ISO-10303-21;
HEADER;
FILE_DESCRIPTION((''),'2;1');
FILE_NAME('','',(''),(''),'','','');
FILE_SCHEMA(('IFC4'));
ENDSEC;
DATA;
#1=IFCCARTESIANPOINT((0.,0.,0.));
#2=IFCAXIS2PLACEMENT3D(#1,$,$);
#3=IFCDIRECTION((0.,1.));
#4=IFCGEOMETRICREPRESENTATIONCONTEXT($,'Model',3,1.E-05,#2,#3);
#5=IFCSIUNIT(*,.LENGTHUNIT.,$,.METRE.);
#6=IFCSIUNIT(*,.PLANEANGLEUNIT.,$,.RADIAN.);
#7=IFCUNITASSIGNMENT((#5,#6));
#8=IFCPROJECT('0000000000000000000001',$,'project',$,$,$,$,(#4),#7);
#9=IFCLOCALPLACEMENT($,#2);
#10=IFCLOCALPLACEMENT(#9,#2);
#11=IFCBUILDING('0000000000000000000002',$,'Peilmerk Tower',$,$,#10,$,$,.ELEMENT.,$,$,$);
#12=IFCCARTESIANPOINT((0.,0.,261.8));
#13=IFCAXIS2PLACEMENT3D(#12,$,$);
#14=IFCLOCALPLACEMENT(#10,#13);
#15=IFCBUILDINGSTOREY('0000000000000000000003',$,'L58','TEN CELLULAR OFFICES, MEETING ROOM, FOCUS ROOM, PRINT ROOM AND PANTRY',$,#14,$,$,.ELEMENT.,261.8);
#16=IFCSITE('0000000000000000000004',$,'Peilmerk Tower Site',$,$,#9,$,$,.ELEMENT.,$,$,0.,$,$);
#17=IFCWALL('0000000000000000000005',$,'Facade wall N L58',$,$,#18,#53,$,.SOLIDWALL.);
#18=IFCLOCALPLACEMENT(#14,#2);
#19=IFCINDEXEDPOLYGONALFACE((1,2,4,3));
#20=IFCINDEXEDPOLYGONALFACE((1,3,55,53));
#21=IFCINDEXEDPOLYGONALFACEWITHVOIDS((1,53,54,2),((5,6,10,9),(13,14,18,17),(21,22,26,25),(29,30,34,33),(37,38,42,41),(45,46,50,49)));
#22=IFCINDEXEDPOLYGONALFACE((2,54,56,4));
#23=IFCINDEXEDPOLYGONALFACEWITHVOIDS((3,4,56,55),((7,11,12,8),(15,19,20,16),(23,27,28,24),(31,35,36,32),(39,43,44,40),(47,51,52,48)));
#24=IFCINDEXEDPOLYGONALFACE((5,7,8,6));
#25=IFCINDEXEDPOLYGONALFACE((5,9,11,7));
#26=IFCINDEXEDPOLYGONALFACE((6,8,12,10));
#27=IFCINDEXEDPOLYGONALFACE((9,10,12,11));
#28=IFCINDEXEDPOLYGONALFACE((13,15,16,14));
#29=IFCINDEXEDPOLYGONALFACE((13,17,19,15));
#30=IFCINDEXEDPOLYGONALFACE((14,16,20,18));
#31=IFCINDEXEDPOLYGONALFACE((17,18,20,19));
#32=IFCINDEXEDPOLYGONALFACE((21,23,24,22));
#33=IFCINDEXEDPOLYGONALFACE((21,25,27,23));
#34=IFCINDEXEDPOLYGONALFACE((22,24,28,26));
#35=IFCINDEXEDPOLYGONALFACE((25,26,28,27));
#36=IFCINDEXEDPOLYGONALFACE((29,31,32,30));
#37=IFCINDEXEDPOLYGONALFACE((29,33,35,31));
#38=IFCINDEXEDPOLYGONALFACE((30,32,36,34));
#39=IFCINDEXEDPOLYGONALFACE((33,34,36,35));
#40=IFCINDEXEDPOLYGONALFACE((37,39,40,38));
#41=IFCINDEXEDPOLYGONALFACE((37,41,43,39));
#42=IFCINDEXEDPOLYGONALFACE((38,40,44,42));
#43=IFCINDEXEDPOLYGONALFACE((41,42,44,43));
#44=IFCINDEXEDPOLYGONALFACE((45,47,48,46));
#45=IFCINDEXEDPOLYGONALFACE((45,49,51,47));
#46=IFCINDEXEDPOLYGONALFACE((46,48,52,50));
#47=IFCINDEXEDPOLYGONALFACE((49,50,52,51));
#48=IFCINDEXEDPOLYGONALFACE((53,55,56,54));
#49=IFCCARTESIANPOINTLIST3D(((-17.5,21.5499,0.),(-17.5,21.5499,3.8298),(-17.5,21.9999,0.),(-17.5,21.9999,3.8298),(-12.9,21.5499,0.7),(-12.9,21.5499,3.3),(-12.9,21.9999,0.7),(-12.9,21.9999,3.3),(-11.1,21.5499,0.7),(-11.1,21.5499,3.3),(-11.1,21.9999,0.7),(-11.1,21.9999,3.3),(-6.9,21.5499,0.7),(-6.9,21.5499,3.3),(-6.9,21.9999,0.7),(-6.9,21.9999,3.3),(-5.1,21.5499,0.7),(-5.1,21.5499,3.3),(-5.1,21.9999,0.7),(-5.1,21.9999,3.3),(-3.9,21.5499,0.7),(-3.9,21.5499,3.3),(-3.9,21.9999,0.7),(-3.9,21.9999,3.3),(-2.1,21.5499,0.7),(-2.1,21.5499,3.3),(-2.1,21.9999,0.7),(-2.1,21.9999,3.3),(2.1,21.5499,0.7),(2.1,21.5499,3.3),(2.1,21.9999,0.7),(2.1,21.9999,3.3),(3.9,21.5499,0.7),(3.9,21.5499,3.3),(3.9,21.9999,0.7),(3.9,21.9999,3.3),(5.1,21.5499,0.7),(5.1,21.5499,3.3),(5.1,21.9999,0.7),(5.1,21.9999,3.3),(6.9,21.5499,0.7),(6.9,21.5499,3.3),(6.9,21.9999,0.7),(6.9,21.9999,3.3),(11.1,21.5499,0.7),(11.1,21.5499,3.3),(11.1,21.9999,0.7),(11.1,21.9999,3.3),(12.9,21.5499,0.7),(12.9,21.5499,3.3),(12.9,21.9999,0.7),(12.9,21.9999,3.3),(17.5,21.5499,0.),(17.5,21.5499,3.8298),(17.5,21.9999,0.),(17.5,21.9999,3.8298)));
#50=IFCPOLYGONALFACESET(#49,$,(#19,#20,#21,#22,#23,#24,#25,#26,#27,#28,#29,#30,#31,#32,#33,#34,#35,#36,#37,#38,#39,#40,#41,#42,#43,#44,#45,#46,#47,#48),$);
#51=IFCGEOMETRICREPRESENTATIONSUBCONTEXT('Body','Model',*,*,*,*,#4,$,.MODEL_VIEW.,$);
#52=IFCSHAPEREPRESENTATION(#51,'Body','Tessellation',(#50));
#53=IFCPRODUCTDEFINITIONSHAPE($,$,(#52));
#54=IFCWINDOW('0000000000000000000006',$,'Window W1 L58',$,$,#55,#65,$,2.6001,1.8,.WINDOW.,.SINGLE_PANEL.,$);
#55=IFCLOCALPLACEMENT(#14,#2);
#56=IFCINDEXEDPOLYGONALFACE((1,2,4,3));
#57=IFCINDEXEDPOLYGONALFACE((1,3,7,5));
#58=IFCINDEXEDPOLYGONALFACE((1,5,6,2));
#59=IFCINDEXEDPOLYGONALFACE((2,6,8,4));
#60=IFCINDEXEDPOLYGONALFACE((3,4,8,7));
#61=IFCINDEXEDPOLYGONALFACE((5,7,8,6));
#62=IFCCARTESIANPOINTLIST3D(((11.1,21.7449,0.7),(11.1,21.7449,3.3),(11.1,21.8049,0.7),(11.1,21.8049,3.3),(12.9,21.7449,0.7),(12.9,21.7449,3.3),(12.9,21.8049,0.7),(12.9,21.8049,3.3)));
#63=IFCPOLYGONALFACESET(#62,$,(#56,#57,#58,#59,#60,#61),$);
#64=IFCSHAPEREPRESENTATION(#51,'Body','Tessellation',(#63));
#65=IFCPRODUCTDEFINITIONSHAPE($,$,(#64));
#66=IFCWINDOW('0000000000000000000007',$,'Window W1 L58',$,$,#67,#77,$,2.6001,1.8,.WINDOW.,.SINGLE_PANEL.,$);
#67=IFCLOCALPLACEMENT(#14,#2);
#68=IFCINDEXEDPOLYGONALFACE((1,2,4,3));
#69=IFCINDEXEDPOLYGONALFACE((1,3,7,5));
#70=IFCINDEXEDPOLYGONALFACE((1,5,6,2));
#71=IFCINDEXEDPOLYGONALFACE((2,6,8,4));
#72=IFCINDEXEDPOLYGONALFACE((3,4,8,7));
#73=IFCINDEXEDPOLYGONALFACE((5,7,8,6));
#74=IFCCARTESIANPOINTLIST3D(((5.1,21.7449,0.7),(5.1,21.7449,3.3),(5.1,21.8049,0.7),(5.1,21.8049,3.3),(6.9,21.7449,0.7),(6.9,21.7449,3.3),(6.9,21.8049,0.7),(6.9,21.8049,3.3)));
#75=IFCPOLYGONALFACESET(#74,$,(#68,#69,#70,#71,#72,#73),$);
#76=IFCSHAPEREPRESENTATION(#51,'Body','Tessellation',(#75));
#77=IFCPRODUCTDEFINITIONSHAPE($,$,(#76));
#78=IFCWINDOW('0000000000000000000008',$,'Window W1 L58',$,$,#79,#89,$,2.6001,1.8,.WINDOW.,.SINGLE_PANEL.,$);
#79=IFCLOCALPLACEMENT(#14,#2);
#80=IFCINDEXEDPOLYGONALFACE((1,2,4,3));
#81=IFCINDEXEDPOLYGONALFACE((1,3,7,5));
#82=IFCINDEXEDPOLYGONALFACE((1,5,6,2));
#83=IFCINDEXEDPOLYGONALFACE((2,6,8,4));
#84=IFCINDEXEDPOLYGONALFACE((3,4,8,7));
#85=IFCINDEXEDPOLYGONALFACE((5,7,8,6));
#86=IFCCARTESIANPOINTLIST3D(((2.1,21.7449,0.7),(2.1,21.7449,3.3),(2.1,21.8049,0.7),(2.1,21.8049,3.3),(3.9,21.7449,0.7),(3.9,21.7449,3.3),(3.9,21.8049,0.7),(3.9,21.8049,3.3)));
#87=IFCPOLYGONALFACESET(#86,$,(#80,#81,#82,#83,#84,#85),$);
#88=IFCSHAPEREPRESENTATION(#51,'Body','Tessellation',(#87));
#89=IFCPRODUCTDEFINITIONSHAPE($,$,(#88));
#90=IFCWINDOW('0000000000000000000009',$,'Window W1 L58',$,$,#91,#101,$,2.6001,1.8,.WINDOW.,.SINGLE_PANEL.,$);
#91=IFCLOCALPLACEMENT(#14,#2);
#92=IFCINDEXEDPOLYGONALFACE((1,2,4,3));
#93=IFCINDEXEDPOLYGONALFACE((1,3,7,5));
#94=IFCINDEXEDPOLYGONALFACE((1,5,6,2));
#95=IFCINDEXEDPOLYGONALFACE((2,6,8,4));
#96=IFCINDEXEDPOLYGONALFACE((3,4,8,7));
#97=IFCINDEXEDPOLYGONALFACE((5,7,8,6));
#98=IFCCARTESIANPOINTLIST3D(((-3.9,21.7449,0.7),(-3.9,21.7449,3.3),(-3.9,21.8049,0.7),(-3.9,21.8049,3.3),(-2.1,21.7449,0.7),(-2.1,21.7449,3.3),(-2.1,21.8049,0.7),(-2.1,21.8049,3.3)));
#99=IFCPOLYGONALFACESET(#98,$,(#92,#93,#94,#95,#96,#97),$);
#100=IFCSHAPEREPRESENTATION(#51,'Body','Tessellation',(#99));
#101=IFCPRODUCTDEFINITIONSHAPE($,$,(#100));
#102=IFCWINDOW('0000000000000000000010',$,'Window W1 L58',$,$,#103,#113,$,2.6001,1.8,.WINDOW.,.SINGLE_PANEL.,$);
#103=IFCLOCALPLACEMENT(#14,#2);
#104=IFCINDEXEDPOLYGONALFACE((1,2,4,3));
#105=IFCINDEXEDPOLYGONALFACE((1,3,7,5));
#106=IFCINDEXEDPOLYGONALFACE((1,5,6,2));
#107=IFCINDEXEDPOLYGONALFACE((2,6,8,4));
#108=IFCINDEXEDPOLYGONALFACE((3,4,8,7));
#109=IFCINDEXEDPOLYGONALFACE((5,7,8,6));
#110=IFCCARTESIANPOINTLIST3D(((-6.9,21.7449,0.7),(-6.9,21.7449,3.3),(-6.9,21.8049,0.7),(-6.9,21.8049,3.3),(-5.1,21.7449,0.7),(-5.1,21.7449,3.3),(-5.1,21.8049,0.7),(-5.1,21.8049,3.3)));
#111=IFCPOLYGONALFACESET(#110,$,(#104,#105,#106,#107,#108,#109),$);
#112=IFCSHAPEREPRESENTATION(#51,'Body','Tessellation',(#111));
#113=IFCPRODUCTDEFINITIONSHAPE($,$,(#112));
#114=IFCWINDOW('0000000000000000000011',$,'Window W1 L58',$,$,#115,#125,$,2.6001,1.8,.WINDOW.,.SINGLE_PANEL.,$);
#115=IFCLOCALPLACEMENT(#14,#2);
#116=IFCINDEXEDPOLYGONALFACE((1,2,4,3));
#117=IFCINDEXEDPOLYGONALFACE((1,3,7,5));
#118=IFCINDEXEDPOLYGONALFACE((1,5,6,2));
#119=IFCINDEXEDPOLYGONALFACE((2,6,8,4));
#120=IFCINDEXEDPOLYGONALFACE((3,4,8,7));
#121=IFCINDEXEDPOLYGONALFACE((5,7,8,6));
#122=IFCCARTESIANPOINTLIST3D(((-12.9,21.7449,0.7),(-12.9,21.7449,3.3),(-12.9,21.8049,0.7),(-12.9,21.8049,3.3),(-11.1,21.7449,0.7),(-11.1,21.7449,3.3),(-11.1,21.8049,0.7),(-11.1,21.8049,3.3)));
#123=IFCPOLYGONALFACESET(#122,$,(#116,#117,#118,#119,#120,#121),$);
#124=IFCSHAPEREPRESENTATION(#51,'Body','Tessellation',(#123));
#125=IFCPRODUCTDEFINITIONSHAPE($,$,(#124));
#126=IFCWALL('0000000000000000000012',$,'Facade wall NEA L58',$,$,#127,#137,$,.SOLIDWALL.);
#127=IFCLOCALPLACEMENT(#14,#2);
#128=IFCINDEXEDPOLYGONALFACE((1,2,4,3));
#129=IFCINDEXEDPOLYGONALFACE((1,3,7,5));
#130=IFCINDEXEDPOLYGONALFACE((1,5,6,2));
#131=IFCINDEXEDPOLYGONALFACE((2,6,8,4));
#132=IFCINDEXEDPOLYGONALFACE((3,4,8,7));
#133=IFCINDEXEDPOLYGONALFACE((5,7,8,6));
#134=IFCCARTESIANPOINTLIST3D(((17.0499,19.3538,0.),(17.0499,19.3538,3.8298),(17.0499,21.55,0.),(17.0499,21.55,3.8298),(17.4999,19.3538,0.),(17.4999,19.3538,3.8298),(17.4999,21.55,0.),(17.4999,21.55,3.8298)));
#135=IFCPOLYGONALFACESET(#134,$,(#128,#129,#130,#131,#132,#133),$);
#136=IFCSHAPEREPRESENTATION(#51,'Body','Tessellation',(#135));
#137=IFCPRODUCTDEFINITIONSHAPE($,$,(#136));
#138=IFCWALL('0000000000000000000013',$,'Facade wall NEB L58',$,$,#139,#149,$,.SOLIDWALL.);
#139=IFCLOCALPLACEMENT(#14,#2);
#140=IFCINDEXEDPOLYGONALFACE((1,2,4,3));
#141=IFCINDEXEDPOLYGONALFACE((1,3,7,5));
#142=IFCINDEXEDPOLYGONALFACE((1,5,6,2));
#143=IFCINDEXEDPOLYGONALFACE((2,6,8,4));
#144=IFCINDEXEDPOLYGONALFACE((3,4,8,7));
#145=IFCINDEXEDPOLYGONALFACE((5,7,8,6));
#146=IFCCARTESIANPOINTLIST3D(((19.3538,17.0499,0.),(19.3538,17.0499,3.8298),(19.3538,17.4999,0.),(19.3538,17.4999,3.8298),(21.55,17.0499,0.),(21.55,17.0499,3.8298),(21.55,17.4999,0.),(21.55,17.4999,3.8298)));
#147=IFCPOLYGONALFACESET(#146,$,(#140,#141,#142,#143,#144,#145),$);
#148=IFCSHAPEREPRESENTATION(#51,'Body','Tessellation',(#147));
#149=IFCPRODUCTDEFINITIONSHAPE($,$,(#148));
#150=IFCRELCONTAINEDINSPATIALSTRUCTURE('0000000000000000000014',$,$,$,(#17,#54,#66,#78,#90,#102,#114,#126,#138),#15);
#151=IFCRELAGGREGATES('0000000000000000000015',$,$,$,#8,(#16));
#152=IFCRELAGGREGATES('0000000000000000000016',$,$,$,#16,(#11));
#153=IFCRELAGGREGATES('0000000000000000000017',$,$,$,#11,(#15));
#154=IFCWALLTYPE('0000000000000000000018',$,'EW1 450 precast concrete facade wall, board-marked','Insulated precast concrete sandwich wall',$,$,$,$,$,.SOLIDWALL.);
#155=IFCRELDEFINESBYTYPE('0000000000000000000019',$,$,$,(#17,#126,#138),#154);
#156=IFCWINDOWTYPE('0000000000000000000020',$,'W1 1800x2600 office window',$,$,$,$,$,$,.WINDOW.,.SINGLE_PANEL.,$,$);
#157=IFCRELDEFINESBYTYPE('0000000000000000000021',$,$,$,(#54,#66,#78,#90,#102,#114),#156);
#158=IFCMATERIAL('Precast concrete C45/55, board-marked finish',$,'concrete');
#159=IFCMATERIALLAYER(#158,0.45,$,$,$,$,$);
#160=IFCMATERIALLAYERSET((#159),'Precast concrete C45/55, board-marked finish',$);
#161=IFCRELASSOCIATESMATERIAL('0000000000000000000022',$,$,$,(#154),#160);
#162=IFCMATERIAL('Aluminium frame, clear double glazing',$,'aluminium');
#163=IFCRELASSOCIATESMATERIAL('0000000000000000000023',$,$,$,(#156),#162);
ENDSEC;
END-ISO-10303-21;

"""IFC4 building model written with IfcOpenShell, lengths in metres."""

from ifc_helpers import new_model, si_unit, direction, frame, frame_2d, origin, place, context, subcontext, project, spatial, rectangle, extrude, material, layer, layer_set, type_object, element, fill, save


model = new_model("IFC4")

# Units and contexts
model_context = context("Model", 3, precision=1e-05, world=origin(), true_north=direction((0.0, 1.0)))
body_context = subcontext(model_context, "Body", "Model", "MODEL_VIEW")
ifc_project = project(units=[si_unit("LENGTHUNIT", "METRE"), si_unit("PLANEANGLEUNIT", "RADIAN")], contexts=[model_context])

# Site, building, storey
site_placement = place(None, origin())
site = spatial("IfcSite", under=ifc_project, at=site_placement, Name="Peilmerk Tower Site", CompositionType="ELEMENT", RefElevation=0.0)
building_placement = place(site_placement, origin())
building = spatial("IfcBuilding", under=site, at=building_placement, Name="Peilmerk Tower", CompositionType="ELEMENT")
storey_placement = place(building_placement, frame((0.0, 0.0, 261.8)))
storey = spatial("IfcBuildingStorey", under=building, at=storey_placement, Name="L58", Description="TEN CELLULAR OFFICES, MEETING ROOM, FOCUS ROOM, PRINT ROOM AND PANTRY", CompositionType="ELEMENT", Elevation=261.8)

# Wall, openings, windows
ifc_material_1 = material(Name="Precast concrete C45/55, board-marked finish", Category="concrete")
ifc_layer_1 = layer(ifc_material_1, 0.45)
ifc_layer_set_1 = layer_set([ifc_layer_1], Name="Precast concrete C45/55, board-marked finish")
wall_type = type_object("IfcWallType", Name="EW1 450 precast concrete facade wall, board-marked", Description="Insulated precast concrete sandwich wall", PredefinedType="SOLIDWALL", material=ifc_layer_set_1)
wall_placement = place(storey_placement, frame((17.5, 21.7749, 0.0), z_axis=(0.0, 0.0, 1.0), x_axis=(-1.0, 0.0, 0.0)))
wall = element("IfcWall", 1, at=wall_placement, inside=storey, type_object=wall_type, Name="Facade wall N L58", PredefinedType="SOLIDWALL", context=body_context, shape_type="SweptSolid", body=[
    extrude(rectangle(XDim=35.0, YDim=0.45, at=frame_2d((17.5, 0.0))), origin(), (0.0, 0.0, 1.0), 3.8298),
])
opening_1_placement = place(wall_placement, frame((4.6001, 0.0, 0.7)))
opening_1 = element("IfcOpeningElement", 2, at=opening_1_placement, cuts=wall, PredefinedType="OPENING", context=body_context, shape_type="SweptSolid", body=[
    extrude(rectangle(XDim=1.8, YDim=2.6001, at=frame_2d((0.8999, 1.3))), frame((0.0, 0.2349, 0.0), z_axis=(0.0, -1.0, 0.0), x_axis=(1.0, 0.0, 0.0)), (0.0, 0.0, 1.0), 0.47),
])
opening_2_placement = place(wall_placement, frame((10.6001, 0.0, 0.7)))
opening_2 = element("IfcOpeningElement", 3, at=opening_2_placement, cuts=wall, PredefinedType="OPENING", context=body_context, shape_type="SweptSolid", body=[
    extrude(rectangle(XDim=1.8, YDim=2.6001, at=frame_2d((0.8999, 1.3))), frame((0.0, 0.2349, 0.0), z_axis=(0.0, -1.0, 0.0), x_axis=(1.0, 0.0, 0.0)), (0.0, 0.0, 1.0), 0.47),
])
opening_3_placement = place(wall_placement, frame((13.6001, 0.0, 0.7)))
opening_3 = element("IfcOpeningElement", 4, at=opening_3_placement, cuts=wall, PredefinedType="OPENING", context=body_context, shape_type="SweptSolid", body=[
    extrude(rectangle(XDim=1.8, YDim=2.6001, at=frame_2d((0.8999, 1.3))), frame((0.0, 0.2349, 0.0), z_axis=(0.0, -1.0, 0.0), x_axis=(1.0, 0.0, 0.0)), (0.0, 0.0, 1.0), 0.47),
])
opening_4_placement = place(wall_placement, frame((19.6001, 0.0, 0.7)))
opening_4 = element("IfcOpeningElement", 5, at=opening_4_placement, cuts=wall, PredefinedType="OPENING", context=body_context, shape_type="SweptSolid", body=[
    extrude(rectangle(XDim=1.8, YDim=2.6001, at=frame_2d((0.8999, 1.3))), frame((0.0, 0.2349, 0.0), z_axis=(0.0, -1.0, 0.0), x_axis=(1.0, 0.0, 0.0)), (0.0, 0.0, 1.0), 0.47),
])
opening_5_placement = place(wall_placement, frame((22.6001, 0.0, 0.7)))
opening_5 = element("IfcOpeningElement", 6, at=opening_5_placement, cuts=wall, PredefinedType="OPENING", context=body_context, shape_type="SweptSolid", body=[
    extrude(rectangle(XDim=1.8, YDim=2.6001, at=frame_2d((0.8999, 1.3))), frame((0.0, 0.2349, 0.0), z_axis=(0.0, -1.0, 0.0), x_axis=(1.0, 0.0, 0.0)), (0.0, 0.0, 1.0), 0.47),
])
opening_6_placement = place(wall_placement, frame((28.6001, 0.0, 0.7)))
opening_6 = element("IfcOpeningElement", 7, at=opening_6_placement, cuts=wall, PredefinedType="OPENING", context=body_context, shape_type="SweptSolid", body=[
    extrude(rectangle(XDim=1.8, YDim=2.6001, at=frame_2d((0.8999, 1.3))), frame((0.0, 0.2349, 0.0), z_axis=(0.0, -1.0, 0.0), x_axis=(1.0, 0.0, 0.0)), (0.0, 0.0, 1.0), 0.47),
])
ifc_material_2 = material(Name="Aluminium frame, clear double glazing", Category="aluminium")
window_type = type_object("IfcWindowType", Name="W1 1800x2600 office window", PartitioningType="SINGLE_PANEL", PredefinedType="WINDOW", material=ifc_material_2)
window_1_placement = place(opening_1_placement, origin())
window_1 = element("IfcWindow", 8, at=window_1_placement, inside=storey, type_object=window_type, Name="Window W1 L58", OverallHeight=2.6001, OverallWidth=1.8, PartitioningType="SINGLE_PANEL", PredefinedType="WINDOW", context=body_context, shape_type="SweptSolid", body=[
    extrude(rectangle(XDim=1.8, YDim=2.6001, at=frame_2d((0.8999, 1.3))), frame((0.0, 0.03, 0.0), z_axis=(0.0, -1.0, 0.0), x_axis=(1.0, 0.0, 0.0)), (0.0, 0.0, 1.0), 0.0601),
])
fill(opening_1, window_1)
window_2_placement = place(opening_2_placement, origin())
window_2 = element("IfcWindow", 9, at=window_2_placement, inside=storey, type_object=window_type, Name="Window W1 L58", OverallHeight=2.6001, OverallWidth=1.8, PartitioningType="SINGLE_PANEL", PredefinedType="WINDOW", context=body_context, shape_type="SweptSolid", body=[
    extrude(rectangle(XDim=1.8, YDim=2.6001, at=frame_2d((0.8999, 1.3))), frame((0.0, 0.03, 0.0), z_axis=(0.0, -1.0, 0.0), x_axis=(1.0, 0.0, 0.0)), (0.0, 0.0, 1.0), 0.0601),
])
fill(opening_2, window_2)
window_3_placement = place(opening_3_placement, origin())
window_3 = element("IfcWindow", 10, at=window_3_placement, inside=storey, type_object=window_type, Name="Window W1 L58", OverallHeight=2.6001, OverallWidth=1.8, PartitioningType="SINGLE_PANEL", PredefinedType="WINDOW", context=body_context, shape_type="SweptSolid", body=[
    extrude(rectangle(XDim=1.8, YDim=2.6001, at=frame_2d((0.8999, 1.3))), frame((0.0, 0.03, 0.0), z_axis=(0.0, -1.0, 0.0), x_axis=(1.0, 0.0, 0.0)), (0.0, 0.0, 1.0), 0.0601),
])
fill(opening_3, window_3)
window_4_placement = place(opening_4_placement, origin())
window_4 = element("IfcWindow", 11, at=window_4_placement, inside=storey, type_object=window_type, Name="Window W1 L58", OverallHeight=2.6001, OverallWidth=1.8, PartitioningType="SINGLE_PANEL", PredefinedType="WINDOW", context=body_context, shape_type="SweptSolid", body=[
    extrude(rectangle(XDim=1.8, YDim=2.6001, at=frame_2d((0.8999, 1.3))), frame((0.0, 0.03, 0.0), z_axis=(0.0, -1.0, 0.0), x_axis=(1.0, 0.0, 0.0)), (0.0, 0.0, 1.0), 0.0601),
])
fill(opening_4, window_4)
window_5_placement = place(opening_5_placement, origin())
window_5 = element("IfcWindow", 12, at=window_5_placement, inside=storey, type_object=window_type, Name="Window W1 L58", OverallHeight=2.6001, OverallWidth=1.8, PartitioningType="SINGLE_PANEL", PredefinedType="WINDOW", context=body_context, shape_type="SweptSolid", body=[
    extrude(rectangle(XDim=1.8, YDim=2.6001, at=frame_2d((0.8999, 1.3))), frame((0.0, 0.03, 0.0), z_axis=(0.0, -1.0, 0.0), x_axis=(1.0, 0.0, 0.0)), (0.0, 0.0, 1.0), 0.0601),
])
fill(opening_5, window_5)
window_6_placement = place(opening_6_placement, origin())
window_6 = element("IfcWindow", 13, at=window_6_placement, inside=storey, type_object=window_type, Name="Window W1 L58", OverallHeight=2.6001, OverallWidth=1.8, PartitioningType="SINGLE_PANEL", PredefinedType="WINDOW", context=body_context, shape_type="SweptSolid", body=[
    extrude(rectangle(XDim=1.8, YDim=2.6001, at=frame_2d((0.8999, 1.3))), frame((0.0, 0.03, 0.0), z_axis=(0.0, -1.0, 0.0), x_axis=(1.0, 0.0, 0.0)), (0.0, 0.0, 1.0), 0.0601),
])
fill(opening_6, window_6)

# Walls
for number, where, z_axis, x_axis, name in (
    (14, (17.2749, 19.3538, 0.0), (0.0, 0.0, 1.0), (0.0, 1.0, 0.0), "Facade wall NEA L58"),
    (15, (19.3538, 17.2749, 0.0), (0.0, 0.0, 1.0), (1.0, 0.0, 0.0), "Facade wall NEB L58"),
):
    element("IfcWall", number, at=place(storey_placement, frame(where, z_axis=z_axis, x_axis=x_axis)), inside=storey, type_object=wall_type, Name=name, PredefinedType="SOLIDWALL", context=body_context, shape_type="SweptSolid", body=[
        extrude(rectangle(XDim=2.1963, YDim=0.45, at=frame_2d((1.0981, 0.0))), origin(), (0.0, 0.0, 1.0), 3.8298),
    ])

save(model, "model.ifc")
